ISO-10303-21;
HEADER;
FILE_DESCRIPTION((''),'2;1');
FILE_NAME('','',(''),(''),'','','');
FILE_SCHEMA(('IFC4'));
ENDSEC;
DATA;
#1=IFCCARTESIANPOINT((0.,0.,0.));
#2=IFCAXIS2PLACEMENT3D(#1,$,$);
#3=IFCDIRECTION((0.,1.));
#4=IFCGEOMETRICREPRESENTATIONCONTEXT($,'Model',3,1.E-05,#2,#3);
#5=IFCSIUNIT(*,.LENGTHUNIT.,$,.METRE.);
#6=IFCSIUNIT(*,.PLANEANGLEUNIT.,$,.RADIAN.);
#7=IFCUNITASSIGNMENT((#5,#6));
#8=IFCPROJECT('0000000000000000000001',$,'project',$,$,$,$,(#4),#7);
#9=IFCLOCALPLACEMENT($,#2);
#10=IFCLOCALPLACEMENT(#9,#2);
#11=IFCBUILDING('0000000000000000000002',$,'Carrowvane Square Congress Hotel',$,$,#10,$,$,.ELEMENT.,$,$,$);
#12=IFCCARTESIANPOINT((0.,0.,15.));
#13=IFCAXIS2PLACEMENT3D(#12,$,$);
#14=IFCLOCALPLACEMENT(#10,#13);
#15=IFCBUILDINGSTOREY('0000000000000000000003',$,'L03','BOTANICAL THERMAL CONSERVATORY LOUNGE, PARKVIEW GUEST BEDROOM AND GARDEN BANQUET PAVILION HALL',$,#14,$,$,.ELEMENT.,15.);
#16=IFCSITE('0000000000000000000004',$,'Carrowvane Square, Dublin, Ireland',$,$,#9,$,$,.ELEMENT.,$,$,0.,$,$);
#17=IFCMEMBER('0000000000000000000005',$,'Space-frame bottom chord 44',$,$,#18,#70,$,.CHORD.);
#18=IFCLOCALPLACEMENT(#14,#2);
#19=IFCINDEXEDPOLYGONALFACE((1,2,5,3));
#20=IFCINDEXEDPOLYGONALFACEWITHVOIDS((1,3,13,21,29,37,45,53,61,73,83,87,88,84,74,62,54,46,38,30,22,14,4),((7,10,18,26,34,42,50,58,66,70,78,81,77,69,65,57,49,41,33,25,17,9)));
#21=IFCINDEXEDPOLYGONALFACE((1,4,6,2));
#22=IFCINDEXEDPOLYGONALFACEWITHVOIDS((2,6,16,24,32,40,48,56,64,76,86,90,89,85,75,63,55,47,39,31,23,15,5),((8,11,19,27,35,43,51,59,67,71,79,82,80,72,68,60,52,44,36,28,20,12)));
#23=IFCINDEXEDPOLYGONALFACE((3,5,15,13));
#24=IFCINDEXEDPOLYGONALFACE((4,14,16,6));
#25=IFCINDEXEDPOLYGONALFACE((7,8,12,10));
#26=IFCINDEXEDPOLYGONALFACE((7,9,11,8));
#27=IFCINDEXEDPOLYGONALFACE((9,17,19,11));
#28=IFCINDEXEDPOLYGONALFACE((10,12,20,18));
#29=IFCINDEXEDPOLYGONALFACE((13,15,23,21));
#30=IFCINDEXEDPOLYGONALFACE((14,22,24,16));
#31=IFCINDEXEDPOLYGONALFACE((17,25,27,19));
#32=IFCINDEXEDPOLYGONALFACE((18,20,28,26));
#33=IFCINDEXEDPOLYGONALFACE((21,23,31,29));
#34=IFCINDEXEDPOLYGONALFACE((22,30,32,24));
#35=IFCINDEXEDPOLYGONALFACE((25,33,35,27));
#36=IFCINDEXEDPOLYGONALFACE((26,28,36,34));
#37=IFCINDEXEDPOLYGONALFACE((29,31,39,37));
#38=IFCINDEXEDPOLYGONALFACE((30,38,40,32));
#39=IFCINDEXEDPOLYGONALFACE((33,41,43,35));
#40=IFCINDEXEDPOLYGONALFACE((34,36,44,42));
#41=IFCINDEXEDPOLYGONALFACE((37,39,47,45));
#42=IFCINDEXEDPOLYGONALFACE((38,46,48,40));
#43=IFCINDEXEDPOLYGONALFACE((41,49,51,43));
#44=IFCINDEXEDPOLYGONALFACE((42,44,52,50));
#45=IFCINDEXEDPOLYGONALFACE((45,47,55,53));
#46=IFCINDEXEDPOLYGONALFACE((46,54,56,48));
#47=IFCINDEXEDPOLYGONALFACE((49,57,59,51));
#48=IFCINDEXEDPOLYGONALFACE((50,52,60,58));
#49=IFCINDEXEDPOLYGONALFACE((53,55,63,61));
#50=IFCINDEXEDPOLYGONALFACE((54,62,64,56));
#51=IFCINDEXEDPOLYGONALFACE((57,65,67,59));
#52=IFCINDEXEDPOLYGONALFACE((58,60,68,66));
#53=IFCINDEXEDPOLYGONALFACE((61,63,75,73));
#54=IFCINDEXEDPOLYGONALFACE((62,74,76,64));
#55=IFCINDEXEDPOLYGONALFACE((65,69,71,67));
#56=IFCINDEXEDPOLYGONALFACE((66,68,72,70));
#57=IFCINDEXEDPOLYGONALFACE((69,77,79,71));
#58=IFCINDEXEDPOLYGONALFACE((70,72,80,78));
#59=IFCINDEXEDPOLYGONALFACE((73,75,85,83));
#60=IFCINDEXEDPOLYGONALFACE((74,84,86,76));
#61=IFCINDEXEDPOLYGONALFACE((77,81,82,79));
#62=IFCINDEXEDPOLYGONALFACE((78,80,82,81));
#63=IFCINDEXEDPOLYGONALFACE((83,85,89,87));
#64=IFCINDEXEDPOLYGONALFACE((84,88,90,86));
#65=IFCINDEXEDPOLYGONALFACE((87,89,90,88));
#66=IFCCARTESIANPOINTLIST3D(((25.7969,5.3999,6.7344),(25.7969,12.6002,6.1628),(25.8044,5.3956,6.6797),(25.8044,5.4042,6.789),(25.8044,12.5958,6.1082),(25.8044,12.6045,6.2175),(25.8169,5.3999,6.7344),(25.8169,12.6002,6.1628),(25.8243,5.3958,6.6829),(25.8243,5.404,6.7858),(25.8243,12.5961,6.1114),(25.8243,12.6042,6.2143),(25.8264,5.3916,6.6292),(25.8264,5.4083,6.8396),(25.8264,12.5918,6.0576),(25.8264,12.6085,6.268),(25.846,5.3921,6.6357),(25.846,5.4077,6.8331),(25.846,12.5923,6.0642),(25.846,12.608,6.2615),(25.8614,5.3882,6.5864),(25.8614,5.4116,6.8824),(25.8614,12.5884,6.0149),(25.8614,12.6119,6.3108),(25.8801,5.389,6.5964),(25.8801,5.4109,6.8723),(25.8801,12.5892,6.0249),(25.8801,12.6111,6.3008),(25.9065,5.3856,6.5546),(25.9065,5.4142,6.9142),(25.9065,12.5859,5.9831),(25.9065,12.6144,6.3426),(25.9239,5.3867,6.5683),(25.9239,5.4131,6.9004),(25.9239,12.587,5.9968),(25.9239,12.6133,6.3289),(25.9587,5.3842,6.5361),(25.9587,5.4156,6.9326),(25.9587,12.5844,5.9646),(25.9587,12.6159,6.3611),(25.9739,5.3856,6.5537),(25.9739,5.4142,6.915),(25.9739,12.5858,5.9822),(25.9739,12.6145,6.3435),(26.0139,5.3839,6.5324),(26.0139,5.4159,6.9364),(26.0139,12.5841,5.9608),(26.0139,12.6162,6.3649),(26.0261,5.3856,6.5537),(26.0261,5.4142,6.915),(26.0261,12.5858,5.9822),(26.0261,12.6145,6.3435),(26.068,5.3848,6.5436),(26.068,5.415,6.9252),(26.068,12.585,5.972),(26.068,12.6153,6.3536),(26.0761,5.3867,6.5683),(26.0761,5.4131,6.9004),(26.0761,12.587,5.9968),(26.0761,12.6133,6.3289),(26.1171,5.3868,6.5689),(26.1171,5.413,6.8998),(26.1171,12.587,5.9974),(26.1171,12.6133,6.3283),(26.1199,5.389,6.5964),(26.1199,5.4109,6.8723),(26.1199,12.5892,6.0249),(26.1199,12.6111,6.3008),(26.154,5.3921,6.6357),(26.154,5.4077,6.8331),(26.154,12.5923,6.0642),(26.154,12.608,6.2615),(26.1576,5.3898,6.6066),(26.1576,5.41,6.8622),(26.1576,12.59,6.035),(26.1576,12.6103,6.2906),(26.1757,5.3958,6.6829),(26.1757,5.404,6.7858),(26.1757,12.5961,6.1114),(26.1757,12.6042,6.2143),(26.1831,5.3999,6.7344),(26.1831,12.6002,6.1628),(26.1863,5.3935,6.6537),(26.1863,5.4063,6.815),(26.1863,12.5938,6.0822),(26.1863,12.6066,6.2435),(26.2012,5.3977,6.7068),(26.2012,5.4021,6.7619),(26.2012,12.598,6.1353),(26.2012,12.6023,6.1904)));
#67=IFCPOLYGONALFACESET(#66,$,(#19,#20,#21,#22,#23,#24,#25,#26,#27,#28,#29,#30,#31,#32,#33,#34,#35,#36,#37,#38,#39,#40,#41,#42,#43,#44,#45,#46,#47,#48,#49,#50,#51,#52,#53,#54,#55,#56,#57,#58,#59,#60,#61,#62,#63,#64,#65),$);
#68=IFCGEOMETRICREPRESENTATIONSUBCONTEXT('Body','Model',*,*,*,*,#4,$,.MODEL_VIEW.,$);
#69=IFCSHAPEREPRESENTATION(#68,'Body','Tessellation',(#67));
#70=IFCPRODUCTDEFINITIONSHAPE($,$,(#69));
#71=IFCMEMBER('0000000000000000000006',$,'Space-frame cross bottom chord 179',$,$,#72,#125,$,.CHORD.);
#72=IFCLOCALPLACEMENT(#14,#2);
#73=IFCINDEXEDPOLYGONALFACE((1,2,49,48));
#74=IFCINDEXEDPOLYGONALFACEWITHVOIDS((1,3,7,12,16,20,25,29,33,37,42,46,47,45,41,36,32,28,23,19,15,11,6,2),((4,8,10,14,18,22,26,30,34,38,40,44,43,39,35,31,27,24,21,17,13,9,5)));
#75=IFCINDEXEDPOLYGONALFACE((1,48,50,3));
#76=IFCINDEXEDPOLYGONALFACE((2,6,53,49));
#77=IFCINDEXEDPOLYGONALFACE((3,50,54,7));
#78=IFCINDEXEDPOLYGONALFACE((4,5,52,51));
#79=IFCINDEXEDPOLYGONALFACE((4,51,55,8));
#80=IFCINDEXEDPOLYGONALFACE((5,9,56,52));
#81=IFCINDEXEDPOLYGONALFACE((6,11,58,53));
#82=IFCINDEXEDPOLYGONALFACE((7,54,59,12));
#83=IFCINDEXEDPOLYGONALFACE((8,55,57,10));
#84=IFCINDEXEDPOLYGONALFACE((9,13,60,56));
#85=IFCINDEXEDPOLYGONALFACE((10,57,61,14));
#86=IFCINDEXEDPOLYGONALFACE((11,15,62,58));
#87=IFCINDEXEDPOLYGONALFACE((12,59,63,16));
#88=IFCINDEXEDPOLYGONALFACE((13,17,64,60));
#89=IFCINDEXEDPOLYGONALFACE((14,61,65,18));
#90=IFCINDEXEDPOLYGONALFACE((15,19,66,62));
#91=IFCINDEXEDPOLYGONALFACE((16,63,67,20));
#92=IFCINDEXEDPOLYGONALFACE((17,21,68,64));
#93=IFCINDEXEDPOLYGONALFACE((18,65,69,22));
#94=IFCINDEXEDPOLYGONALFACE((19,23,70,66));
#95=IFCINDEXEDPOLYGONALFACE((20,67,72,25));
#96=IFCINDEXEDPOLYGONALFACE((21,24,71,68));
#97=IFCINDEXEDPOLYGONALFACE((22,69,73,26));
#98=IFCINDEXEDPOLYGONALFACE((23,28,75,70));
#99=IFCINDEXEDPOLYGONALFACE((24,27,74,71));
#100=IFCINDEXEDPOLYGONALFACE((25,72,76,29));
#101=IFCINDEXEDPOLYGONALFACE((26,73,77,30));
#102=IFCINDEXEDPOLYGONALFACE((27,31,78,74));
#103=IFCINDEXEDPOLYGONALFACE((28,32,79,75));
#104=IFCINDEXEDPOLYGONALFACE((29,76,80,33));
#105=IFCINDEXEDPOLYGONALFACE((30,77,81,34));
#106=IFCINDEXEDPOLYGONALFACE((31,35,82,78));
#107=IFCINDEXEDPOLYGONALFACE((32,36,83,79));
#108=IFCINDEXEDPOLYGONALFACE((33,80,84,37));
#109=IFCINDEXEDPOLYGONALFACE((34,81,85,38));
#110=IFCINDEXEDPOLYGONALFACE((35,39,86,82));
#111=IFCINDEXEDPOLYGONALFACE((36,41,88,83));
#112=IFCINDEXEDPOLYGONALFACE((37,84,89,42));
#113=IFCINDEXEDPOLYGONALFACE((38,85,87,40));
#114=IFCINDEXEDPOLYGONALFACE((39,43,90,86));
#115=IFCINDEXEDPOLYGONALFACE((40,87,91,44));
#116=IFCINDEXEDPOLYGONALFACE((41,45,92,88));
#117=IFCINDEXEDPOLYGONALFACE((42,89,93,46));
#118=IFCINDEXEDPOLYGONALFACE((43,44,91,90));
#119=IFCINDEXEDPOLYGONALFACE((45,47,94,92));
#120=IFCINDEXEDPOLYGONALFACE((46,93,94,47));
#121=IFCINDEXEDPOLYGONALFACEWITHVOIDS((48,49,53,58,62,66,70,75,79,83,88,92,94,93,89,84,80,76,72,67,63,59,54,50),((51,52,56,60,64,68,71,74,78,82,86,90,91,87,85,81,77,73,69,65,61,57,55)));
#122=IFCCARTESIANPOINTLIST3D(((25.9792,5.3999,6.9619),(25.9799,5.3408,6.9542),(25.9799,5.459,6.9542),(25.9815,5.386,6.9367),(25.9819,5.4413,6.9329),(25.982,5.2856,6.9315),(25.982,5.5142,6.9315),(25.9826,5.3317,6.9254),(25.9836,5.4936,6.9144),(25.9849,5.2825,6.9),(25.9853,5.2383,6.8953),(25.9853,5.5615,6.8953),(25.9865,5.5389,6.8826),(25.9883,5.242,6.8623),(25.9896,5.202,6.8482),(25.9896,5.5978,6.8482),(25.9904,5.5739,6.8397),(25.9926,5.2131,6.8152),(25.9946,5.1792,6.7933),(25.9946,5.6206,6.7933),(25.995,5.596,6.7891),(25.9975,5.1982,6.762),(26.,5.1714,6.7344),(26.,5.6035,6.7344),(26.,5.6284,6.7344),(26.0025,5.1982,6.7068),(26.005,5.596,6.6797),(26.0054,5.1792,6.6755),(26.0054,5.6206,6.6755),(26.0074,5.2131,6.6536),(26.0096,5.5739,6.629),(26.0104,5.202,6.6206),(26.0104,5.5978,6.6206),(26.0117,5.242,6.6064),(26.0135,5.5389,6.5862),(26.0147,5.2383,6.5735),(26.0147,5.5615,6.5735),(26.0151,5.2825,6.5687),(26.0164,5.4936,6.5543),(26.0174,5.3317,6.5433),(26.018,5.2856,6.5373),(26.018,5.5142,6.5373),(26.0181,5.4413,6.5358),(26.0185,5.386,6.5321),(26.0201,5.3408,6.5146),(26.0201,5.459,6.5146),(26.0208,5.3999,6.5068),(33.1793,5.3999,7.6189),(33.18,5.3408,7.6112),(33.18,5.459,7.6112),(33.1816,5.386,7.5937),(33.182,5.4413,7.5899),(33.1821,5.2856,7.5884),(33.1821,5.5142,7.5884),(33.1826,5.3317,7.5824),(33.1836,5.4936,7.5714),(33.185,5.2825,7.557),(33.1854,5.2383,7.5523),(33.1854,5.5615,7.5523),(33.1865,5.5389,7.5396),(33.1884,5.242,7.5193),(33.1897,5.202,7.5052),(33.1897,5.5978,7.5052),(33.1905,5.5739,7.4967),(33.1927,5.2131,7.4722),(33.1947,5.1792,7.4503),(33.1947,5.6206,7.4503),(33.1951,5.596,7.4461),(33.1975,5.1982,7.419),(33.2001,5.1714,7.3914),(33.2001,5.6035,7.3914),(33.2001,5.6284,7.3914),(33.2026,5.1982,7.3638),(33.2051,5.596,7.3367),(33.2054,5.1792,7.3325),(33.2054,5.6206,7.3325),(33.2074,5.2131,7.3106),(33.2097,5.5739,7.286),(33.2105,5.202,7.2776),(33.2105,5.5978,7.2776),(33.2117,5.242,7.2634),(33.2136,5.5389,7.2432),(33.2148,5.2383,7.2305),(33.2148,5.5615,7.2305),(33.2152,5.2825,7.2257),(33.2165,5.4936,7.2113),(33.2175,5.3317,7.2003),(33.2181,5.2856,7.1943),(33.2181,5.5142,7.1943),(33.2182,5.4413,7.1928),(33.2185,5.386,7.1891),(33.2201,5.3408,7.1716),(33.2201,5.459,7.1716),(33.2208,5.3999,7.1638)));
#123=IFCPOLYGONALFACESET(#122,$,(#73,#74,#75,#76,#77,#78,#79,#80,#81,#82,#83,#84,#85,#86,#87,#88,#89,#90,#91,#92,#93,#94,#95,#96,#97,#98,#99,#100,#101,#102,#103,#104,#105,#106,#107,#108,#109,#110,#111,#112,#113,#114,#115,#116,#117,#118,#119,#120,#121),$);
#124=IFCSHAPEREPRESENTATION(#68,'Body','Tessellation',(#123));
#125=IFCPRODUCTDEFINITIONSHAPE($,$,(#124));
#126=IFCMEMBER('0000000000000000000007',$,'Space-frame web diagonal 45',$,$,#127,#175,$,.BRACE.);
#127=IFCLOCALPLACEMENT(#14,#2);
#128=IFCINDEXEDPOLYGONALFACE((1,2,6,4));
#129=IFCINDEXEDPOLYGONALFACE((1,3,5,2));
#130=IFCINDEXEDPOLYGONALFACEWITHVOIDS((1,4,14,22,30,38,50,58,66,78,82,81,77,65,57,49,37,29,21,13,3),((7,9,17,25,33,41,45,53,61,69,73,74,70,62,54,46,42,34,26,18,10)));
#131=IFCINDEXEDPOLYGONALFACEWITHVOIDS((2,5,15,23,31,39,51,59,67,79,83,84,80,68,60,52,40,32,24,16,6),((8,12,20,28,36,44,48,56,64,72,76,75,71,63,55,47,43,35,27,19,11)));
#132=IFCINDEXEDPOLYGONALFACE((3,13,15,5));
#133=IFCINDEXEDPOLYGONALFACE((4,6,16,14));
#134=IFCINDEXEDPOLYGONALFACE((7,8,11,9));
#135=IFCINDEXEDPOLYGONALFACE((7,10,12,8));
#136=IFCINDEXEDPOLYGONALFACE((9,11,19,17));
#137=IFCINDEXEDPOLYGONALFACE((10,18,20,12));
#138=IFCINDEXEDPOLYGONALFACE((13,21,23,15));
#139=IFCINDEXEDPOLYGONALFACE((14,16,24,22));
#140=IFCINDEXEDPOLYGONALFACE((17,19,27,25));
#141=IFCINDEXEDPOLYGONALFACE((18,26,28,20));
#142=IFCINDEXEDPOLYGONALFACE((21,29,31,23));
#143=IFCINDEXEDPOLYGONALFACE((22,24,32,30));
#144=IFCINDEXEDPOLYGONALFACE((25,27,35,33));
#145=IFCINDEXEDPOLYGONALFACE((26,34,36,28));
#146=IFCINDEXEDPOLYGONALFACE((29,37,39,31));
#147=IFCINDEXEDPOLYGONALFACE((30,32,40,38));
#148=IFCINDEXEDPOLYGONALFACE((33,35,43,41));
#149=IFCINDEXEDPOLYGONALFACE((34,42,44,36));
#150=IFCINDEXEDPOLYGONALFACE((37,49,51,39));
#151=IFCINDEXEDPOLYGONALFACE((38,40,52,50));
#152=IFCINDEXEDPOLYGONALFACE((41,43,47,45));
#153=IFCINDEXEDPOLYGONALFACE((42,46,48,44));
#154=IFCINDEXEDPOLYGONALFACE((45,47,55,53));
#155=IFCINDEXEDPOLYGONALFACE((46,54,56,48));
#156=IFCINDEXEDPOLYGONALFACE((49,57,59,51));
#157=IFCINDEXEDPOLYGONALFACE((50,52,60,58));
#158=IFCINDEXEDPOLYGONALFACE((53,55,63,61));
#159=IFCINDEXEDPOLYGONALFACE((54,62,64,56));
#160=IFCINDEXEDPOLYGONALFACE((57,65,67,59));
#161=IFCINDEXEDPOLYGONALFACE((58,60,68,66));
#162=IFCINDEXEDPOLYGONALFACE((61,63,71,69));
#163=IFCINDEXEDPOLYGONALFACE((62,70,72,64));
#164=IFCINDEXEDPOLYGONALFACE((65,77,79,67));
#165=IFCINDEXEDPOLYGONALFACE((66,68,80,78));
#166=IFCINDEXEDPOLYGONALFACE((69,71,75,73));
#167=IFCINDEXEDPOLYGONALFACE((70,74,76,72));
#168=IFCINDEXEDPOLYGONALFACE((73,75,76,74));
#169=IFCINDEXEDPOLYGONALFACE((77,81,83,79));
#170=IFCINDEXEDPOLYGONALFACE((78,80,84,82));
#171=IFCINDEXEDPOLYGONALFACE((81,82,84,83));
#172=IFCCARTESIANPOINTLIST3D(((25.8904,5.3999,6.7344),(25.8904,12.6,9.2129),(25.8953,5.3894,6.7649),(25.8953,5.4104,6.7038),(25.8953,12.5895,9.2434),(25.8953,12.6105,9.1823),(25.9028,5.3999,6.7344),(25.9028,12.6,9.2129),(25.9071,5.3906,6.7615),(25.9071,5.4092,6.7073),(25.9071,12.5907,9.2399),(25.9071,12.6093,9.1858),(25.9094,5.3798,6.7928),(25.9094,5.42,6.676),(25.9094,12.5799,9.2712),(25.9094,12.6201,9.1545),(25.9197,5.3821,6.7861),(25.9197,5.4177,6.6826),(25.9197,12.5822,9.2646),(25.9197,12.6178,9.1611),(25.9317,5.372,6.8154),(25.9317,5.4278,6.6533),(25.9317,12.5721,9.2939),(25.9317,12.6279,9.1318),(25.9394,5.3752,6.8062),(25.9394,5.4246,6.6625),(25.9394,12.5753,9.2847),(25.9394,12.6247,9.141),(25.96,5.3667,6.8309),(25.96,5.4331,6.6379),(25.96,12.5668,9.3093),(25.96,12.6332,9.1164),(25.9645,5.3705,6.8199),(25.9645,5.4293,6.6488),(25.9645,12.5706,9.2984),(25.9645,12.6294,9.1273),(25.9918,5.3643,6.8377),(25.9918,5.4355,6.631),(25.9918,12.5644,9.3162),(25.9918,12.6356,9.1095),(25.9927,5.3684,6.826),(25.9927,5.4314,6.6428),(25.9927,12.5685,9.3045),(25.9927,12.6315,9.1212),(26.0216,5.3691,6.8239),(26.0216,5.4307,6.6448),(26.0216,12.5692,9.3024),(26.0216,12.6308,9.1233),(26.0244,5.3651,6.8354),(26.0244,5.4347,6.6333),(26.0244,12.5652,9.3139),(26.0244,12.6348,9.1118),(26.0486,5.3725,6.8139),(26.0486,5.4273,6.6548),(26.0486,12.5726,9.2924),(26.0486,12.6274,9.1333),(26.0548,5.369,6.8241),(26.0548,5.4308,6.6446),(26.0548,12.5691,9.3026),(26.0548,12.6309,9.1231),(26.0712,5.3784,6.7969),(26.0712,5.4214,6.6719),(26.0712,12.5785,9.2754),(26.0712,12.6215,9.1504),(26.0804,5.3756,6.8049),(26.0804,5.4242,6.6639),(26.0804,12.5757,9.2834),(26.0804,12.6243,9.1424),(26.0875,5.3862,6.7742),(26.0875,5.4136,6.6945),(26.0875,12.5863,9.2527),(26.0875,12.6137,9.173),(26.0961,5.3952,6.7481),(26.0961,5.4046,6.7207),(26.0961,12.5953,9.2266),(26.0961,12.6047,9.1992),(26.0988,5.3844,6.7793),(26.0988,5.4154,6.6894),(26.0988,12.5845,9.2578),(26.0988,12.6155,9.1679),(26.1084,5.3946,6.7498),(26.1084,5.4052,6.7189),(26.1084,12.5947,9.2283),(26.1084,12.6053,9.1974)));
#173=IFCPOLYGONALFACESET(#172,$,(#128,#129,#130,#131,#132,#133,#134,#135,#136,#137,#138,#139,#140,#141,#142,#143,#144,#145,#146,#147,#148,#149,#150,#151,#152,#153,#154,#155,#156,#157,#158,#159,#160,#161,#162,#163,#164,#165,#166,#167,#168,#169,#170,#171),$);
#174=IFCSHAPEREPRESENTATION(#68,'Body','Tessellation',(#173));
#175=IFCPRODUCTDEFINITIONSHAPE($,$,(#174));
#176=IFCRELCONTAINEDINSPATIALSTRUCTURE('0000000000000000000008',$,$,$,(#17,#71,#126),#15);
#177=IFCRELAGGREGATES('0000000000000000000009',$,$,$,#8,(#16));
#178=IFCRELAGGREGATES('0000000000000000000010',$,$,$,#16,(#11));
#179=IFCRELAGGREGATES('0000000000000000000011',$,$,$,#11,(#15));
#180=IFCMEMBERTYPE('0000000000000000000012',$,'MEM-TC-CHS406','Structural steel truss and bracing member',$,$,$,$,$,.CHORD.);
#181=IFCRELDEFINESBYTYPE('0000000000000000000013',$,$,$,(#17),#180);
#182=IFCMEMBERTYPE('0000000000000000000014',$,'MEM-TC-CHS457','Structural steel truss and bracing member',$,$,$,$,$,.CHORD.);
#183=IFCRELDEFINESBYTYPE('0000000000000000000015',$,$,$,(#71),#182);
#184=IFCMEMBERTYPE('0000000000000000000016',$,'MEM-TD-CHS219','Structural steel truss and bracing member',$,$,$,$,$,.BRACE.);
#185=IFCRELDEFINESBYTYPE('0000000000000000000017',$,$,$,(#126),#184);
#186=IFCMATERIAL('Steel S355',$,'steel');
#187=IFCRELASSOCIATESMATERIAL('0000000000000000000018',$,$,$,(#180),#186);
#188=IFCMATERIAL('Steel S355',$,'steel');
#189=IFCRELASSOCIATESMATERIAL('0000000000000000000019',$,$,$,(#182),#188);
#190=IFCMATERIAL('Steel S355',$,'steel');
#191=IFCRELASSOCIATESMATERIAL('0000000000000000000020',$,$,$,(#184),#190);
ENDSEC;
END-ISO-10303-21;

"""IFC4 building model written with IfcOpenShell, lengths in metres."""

from ifc_helpers import new_model, si_unit, direction, frame, origin, origin_2d, place, context, subcontext, project, spatial, hollow_circle, extrude, material, material_profile, profile_set, type_object, element, save


model = new_model("IFC4")

# Units and contexts
model_context = context("Model", 3, precision=1e-05, world=origin(), true_north=direction((0.0, 1.0)))
body_context = subcontext(model_context, "Body", "Model", "MODEL_VIEW")
ifc_project = project(units=[si_unit("LENGTHUNIT", "METRE"), si_unit("PLANEANGLEUNIT", "RADIAN")], contexts=[model_context])

# Site, building, storey
site_placement = place(None, origin())
site = spatial("IfcSite", under=ifc_project, at=site_placement, Name="Carrowvane Square, Dublin, Ireland", CompositionType="ELEMENT", RefElevation=0.0)
building_placement = place(site_placement, origin())
building = spatial("IfcBuilding", under=site, at=building_placement, Name="Carrowvane Square Congress Hotel", CompositionType="ELEMENT")
storey_placement = place(building_placement, frame((0.0, 0.0, 15.0)))
storey = spatial("IfcBuildingStorey", under=building, at=storey_placement, Name="L03", Description="BOTANICAL THERMAL CONSERVATORY LOUNGE, PARKVIEW GUEST BEDROOM AND GARDEN BANQUET PAVILION HALL", CompositionType="ELEMENT", Elevation=15.0)

# Members
ifc_material_1 = material(Name="Steel S355", Category="steel")
ifc_material_profile_1 = material_profile(ifc_material_1, hollow_circle(Radius=0.2031, WallThickness=0.02, at=origin_2d()), Name="CHS 406.4x20")
ifc_profile_set_1 = profile_set([ifc_material_profile_1], Name="Steel S355")
member_type_1 = type_object("IfcMemberType", Name="MEM-TC-CHS406", Description="Structural steel truss and bracing member", PredefinedType="CHORD", material=ifc_profile_set_1)
member_1_placement = place(storey_placement, frame((26.0, 5.3999, 6.7344), z_axis=(0.0, 0.996864, -0.079129), x_axis=(-1.0, 0.0, 0.0)))
element("IfcMember", 1, at=member_1_placement, inside=storey, type_object=member_type_1, Name="Space-frame bottom chord 44", PredefinedType="CHORD", context=body_context, shape_type="SweptSolid", body=[
    extrude(hollow_circle(Radius=0.2031, WallThickness=0.02, at=origin_2d()), origin(), (0.0, 0.0, 1.0), 7.2229),
])
ifc_material_2 = material(Name="Steel S355", Category="steel")
ifc_material_profile_2 = material_profile(ifc_material_2, hollow_circle(Radius=0.2285, WallThickness=0.0249, at=origin_2d()), Name="CHS 457.0x25")
ifc_profile_set_2 = profile_set([ifc_material_profile_2], Name="Steel S355")
member_type_2 = type_object("IfcMemberType", Name="MEM-TC-CHS457", Description="Structural steel truss and bracing member", PredefinedType="CHORD", material=ifc_profile_set_2)
member_2_placement = place(storey_placement, frame((26.0, 5.3999, 6.7344), z_axis=(0.995863, 0.0, 0.090871), x_axis=(0.0, 1.0, 0.0)))
element("IfcMember", 2, at=member_2_placement, inside=storey, type_object=member_type_2, Name="Space-frame cross bottom chord 179", PredefinedType="CHORD", context=body_context, shape_type="SweptSolid", body=[
    extrude(hollow_circle(Radius=0.2285, WallThickness=0.0249, at=origin_2d()), origin(), (0.0, 0.0, 1.0), 7.23),
])
ifc_material_3 = material(Name="Steel S355", Category="steel")
ifc_material_profile_3 = material_profile(ifc_material_3, hollow_circle(Radius=0.1096, WallThickness=0.0125, at=origin_2d()), Name="CHS 219.1x12.5")
ifc_profile_set_3 = profile_set([ifc_material_profile_3], Name="Steel S355")
member_type_3 = type_object("IfcMemberType", Name="MEM-TD-CHS219", Description="Structural steel truss and bracing member", PredefinedType="BRACE", material=ifc_profile_set_3)
member_3_placement = place(storey_placement, frame((26.0, 5.3999, 6.7344), z_axis=(0.0, 0.945547, 0.325485), x_axis=(-1.0, 0.0, 0.0)))
element("IfcMember", 3, at=member_3_placement, inside=storey, type_object=member_type_3, Name="Space-frame web diagonal 45", PredefinedType="BRACE", context=body_context, shape_type="SweptSolid", body=[
    extrude(hollow_circle(Radius=0.1096, WallThickness=0.0125, at=origin_2d()), origin(), (0.0, 0.0, 1.0), 7.6147),
])

save(model, "model.ifc")
